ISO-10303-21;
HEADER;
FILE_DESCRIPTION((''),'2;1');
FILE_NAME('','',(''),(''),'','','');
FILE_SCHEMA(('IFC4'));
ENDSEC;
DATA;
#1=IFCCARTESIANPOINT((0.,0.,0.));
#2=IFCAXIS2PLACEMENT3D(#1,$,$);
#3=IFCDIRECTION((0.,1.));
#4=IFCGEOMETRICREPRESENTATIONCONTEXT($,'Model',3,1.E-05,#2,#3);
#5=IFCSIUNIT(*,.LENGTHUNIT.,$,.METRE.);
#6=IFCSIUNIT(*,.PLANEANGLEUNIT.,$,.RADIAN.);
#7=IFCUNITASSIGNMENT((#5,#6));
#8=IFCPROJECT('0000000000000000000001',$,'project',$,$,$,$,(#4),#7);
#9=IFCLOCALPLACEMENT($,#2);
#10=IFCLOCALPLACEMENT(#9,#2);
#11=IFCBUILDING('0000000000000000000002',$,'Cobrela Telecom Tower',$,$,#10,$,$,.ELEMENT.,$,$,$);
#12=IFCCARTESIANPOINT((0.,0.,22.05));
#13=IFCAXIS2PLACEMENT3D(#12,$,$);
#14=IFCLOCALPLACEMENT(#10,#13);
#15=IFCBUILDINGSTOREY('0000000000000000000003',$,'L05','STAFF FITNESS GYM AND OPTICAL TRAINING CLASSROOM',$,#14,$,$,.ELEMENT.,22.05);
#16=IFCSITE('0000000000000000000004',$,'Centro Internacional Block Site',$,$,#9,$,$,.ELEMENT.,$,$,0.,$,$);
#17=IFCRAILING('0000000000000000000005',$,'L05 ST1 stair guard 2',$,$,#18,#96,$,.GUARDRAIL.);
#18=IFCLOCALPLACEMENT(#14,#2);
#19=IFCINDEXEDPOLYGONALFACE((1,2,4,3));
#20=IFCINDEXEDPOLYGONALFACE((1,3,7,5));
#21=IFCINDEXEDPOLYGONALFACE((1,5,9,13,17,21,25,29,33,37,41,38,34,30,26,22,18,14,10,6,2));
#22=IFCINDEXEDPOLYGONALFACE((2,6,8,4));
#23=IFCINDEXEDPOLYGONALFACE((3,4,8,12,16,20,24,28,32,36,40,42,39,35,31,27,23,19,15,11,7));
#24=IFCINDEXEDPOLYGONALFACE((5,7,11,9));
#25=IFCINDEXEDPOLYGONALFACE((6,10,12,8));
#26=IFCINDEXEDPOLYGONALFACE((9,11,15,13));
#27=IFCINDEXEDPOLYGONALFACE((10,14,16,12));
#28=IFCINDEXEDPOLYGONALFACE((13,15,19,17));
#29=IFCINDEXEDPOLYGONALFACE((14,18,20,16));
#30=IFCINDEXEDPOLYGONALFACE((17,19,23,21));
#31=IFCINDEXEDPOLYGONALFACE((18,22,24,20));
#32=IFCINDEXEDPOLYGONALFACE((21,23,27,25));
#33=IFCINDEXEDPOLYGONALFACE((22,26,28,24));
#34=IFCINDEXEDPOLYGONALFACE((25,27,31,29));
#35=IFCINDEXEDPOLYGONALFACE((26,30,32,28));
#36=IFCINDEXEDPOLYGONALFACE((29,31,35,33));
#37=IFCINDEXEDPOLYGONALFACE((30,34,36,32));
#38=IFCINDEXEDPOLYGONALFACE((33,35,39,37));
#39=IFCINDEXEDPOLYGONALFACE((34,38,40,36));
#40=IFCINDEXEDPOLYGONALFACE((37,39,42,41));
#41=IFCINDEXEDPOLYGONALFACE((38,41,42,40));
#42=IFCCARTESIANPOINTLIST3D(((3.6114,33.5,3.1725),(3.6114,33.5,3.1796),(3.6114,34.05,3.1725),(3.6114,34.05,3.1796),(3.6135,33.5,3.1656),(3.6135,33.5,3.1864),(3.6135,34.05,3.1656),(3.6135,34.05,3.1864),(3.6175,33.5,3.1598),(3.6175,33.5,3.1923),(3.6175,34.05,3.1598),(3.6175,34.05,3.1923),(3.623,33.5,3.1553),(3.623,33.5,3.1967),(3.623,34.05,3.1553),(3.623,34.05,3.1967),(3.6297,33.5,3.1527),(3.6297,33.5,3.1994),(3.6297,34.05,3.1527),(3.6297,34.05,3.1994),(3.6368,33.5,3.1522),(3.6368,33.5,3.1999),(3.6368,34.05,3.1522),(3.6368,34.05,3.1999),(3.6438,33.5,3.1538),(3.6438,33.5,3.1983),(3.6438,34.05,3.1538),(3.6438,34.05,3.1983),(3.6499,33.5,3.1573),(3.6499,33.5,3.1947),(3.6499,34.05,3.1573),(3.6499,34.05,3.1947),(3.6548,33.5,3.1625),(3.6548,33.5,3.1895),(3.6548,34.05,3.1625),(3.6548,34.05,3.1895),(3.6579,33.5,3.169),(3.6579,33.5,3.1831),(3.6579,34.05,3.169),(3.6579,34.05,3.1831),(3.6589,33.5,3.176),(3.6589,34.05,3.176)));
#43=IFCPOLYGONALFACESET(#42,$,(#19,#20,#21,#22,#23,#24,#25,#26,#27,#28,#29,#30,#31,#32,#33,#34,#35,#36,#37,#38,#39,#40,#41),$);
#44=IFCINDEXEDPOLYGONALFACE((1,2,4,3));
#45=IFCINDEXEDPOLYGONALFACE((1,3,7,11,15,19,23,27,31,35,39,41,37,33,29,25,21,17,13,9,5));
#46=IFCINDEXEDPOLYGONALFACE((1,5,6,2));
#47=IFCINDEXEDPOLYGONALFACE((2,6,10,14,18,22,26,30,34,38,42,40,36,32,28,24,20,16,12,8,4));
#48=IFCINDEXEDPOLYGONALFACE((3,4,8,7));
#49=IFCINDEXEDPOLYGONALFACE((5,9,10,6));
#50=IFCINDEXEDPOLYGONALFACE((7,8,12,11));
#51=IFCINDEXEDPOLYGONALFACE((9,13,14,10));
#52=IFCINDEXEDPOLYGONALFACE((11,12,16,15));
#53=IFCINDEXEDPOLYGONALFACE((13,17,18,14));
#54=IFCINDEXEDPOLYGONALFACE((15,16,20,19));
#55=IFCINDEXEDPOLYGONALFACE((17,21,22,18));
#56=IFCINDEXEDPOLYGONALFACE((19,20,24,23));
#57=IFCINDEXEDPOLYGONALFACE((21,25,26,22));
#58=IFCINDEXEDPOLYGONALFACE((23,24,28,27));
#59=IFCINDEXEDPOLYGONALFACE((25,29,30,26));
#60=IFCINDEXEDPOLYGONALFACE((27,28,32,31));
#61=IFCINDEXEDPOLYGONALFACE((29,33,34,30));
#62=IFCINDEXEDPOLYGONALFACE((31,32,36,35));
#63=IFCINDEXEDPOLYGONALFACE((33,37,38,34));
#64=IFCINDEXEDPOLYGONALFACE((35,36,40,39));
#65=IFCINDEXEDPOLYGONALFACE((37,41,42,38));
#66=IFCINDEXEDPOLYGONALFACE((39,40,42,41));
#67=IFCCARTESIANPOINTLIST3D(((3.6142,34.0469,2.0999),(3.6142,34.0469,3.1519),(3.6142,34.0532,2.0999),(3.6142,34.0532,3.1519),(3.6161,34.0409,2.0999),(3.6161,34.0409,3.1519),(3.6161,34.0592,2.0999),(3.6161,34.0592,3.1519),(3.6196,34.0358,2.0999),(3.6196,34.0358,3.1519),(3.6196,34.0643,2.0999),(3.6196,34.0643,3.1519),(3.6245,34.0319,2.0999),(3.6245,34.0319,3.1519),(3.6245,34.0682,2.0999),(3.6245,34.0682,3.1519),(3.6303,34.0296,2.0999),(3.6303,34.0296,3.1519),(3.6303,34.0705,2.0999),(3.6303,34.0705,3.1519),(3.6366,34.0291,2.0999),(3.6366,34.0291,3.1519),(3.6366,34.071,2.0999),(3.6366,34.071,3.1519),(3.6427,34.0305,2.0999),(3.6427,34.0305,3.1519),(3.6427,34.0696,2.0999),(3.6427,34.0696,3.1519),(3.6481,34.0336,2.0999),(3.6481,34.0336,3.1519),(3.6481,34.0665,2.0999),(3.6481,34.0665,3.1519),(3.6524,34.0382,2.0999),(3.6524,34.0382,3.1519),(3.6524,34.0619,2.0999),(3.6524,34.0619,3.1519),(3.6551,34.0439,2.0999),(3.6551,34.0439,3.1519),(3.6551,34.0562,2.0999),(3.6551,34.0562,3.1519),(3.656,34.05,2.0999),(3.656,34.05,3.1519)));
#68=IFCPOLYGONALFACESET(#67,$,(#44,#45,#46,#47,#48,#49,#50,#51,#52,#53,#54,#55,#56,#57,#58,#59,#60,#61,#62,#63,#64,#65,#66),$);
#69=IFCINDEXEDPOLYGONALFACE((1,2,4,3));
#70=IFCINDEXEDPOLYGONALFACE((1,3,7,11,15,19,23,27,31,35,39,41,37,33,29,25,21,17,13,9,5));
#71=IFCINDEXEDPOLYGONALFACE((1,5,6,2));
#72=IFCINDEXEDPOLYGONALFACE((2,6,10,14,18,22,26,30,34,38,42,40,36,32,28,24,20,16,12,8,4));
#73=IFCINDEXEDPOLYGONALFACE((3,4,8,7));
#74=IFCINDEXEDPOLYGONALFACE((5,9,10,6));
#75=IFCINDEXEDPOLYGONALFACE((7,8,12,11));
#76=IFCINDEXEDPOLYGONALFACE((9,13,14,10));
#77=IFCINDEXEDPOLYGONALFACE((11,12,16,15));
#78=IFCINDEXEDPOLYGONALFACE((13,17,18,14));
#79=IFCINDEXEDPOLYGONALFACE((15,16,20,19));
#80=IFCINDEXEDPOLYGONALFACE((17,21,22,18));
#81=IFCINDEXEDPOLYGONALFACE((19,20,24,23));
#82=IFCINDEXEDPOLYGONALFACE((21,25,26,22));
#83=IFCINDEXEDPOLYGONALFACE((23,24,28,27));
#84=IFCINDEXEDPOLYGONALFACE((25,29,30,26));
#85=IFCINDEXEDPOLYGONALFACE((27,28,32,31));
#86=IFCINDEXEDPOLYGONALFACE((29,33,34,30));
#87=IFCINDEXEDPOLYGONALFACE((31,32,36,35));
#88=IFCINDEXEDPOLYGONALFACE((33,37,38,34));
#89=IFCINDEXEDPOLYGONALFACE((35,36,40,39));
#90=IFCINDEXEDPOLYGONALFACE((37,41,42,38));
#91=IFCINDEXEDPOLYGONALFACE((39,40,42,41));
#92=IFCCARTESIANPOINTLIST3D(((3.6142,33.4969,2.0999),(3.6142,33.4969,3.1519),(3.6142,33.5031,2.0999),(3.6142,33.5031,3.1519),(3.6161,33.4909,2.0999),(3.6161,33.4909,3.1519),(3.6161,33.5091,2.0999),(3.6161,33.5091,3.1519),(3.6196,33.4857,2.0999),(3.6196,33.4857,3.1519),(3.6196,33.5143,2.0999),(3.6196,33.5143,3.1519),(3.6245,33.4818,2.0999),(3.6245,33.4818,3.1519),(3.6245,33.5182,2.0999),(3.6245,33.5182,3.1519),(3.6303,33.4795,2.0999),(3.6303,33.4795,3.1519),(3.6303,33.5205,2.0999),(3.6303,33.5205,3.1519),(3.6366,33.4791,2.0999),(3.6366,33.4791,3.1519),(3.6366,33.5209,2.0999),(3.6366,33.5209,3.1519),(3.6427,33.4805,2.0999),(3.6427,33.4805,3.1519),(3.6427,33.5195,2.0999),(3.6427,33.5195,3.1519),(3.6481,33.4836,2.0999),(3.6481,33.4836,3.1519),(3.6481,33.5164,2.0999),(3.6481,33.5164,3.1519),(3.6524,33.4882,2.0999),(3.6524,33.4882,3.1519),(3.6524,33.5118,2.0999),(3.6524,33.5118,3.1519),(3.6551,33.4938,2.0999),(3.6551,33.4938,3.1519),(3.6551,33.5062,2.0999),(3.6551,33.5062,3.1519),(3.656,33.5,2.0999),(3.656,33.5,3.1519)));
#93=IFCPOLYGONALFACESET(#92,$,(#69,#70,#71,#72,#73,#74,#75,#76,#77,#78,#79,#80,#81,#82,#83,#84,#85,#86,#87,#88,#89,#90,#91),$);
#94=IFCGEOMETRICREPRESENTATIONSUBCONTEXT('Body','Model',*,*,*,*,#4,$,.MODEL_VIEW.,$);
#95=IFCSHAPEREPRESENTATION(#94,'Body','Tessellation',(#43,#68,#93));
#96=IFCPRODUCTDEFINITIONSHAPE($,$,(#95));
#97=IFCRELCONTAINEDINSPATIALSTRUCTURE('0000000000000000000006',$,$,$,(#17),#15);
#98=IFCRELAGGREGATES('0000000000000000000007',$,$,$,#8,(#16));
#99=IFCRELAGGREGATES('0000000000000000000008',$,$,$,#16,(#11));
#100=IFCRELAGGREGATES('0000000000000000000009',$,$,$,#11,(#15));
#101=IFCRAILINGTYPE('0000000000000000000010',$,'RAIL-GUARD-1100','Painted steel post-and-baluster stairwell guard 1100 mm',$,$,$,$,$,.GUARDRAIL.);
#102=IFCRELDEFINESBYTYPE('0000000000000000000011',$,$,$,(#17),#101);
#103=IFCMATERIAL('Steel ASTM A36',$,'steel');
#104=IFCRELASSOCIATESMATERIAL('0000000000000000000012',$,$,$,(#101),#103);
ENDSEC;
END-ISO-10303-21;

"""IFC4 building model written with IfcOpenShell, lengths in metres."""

from ifc_helpers import new_model, si_unit, direction, frame, origin, origin_2d, place, context, subcontext, project, spatial, circle, extrude, material, type_object, element, save


model = new_model("IFC4")

# Units and contexts
model_context = context("Model", 3, precision=1e-05, world=origin(), true_north=direction((0.0, 1.0)))
body_context = subcontext(model_context, "Body", "Model", "MODEL_VIEW")
ifc_project = project(units=[si_unit("LENGTHUNIT", "METRE"), si_unit("PLANEANGLEUNIT", "RADIAN")], contexts=[model_context])

# Site, building, storey
site_placement = place(None, origin())
site = spatial("IfcSite", under=ifc_project, at=site_placement, Name="Centro Internacional Block Site", CompositionType="ELEMENT", RefElevation=0.0)
building_placement = place(site_placement, origin())
building = spatial("IfcBuilding", under=site, at=building_placement, Name="Cobrela Telecom Tower", CompositionType="ELEMENT")
storey_placement = place(building_placement, frame((0.0, 0.0, 22.05)))
storey = spatial("IfcBuildingStorey", under=building, at=storey_placement, Name="L05", Description="STAFF FITNESS GYM AND OPTICAL TRAINING CLASSROOM", CompositionType="ELEMENT", Elevation=22.05)

# Shared definitions
ifc_material_1 = material(Name="Steel ASTM A36", Category="steel")

# Railing
railing_type_1 = type_object("IfcRailingType", Name="RAIL-GUARD-1100", Description="Painted steel post-and-baluster stairwell guard 1100 mm", PredefinedType="GUARDRAIL", material=ifc_material_1)
railing_1_placement = place(storey_placement, frame((3.635, 34.05, 2.0999)))
element("IfcRailing", 1, at=railing_1_placement, inside=storey, type_object=railing_type_1, Name="L05 ST1 stair guard 2", PredefinedType="GUARDRAIL", context=body_context, shape_type="SweptSolid", body=[
    extrude(circle(Radius=0.0239, at=origin_2d()), frame((0.0, 0.0, 1.0762), z_axis=(0.0, -1.0, 0.0), x_axis=(1.0, 0.0, 0.0)), (0.0, 0.0, 1.0), 0.55),
    extrude(circle(Radius=0.021, at=origin_2d()), origin(), (0.0, 0.0, 1.0), 1.052),
    extrude(circle(Radius=0.021, at=origin_2d()), frame((0.0, -0.55, 0.0)), (0.0, 0.0, 1.0), 1.052),
])

save(model, "model.ifc")
